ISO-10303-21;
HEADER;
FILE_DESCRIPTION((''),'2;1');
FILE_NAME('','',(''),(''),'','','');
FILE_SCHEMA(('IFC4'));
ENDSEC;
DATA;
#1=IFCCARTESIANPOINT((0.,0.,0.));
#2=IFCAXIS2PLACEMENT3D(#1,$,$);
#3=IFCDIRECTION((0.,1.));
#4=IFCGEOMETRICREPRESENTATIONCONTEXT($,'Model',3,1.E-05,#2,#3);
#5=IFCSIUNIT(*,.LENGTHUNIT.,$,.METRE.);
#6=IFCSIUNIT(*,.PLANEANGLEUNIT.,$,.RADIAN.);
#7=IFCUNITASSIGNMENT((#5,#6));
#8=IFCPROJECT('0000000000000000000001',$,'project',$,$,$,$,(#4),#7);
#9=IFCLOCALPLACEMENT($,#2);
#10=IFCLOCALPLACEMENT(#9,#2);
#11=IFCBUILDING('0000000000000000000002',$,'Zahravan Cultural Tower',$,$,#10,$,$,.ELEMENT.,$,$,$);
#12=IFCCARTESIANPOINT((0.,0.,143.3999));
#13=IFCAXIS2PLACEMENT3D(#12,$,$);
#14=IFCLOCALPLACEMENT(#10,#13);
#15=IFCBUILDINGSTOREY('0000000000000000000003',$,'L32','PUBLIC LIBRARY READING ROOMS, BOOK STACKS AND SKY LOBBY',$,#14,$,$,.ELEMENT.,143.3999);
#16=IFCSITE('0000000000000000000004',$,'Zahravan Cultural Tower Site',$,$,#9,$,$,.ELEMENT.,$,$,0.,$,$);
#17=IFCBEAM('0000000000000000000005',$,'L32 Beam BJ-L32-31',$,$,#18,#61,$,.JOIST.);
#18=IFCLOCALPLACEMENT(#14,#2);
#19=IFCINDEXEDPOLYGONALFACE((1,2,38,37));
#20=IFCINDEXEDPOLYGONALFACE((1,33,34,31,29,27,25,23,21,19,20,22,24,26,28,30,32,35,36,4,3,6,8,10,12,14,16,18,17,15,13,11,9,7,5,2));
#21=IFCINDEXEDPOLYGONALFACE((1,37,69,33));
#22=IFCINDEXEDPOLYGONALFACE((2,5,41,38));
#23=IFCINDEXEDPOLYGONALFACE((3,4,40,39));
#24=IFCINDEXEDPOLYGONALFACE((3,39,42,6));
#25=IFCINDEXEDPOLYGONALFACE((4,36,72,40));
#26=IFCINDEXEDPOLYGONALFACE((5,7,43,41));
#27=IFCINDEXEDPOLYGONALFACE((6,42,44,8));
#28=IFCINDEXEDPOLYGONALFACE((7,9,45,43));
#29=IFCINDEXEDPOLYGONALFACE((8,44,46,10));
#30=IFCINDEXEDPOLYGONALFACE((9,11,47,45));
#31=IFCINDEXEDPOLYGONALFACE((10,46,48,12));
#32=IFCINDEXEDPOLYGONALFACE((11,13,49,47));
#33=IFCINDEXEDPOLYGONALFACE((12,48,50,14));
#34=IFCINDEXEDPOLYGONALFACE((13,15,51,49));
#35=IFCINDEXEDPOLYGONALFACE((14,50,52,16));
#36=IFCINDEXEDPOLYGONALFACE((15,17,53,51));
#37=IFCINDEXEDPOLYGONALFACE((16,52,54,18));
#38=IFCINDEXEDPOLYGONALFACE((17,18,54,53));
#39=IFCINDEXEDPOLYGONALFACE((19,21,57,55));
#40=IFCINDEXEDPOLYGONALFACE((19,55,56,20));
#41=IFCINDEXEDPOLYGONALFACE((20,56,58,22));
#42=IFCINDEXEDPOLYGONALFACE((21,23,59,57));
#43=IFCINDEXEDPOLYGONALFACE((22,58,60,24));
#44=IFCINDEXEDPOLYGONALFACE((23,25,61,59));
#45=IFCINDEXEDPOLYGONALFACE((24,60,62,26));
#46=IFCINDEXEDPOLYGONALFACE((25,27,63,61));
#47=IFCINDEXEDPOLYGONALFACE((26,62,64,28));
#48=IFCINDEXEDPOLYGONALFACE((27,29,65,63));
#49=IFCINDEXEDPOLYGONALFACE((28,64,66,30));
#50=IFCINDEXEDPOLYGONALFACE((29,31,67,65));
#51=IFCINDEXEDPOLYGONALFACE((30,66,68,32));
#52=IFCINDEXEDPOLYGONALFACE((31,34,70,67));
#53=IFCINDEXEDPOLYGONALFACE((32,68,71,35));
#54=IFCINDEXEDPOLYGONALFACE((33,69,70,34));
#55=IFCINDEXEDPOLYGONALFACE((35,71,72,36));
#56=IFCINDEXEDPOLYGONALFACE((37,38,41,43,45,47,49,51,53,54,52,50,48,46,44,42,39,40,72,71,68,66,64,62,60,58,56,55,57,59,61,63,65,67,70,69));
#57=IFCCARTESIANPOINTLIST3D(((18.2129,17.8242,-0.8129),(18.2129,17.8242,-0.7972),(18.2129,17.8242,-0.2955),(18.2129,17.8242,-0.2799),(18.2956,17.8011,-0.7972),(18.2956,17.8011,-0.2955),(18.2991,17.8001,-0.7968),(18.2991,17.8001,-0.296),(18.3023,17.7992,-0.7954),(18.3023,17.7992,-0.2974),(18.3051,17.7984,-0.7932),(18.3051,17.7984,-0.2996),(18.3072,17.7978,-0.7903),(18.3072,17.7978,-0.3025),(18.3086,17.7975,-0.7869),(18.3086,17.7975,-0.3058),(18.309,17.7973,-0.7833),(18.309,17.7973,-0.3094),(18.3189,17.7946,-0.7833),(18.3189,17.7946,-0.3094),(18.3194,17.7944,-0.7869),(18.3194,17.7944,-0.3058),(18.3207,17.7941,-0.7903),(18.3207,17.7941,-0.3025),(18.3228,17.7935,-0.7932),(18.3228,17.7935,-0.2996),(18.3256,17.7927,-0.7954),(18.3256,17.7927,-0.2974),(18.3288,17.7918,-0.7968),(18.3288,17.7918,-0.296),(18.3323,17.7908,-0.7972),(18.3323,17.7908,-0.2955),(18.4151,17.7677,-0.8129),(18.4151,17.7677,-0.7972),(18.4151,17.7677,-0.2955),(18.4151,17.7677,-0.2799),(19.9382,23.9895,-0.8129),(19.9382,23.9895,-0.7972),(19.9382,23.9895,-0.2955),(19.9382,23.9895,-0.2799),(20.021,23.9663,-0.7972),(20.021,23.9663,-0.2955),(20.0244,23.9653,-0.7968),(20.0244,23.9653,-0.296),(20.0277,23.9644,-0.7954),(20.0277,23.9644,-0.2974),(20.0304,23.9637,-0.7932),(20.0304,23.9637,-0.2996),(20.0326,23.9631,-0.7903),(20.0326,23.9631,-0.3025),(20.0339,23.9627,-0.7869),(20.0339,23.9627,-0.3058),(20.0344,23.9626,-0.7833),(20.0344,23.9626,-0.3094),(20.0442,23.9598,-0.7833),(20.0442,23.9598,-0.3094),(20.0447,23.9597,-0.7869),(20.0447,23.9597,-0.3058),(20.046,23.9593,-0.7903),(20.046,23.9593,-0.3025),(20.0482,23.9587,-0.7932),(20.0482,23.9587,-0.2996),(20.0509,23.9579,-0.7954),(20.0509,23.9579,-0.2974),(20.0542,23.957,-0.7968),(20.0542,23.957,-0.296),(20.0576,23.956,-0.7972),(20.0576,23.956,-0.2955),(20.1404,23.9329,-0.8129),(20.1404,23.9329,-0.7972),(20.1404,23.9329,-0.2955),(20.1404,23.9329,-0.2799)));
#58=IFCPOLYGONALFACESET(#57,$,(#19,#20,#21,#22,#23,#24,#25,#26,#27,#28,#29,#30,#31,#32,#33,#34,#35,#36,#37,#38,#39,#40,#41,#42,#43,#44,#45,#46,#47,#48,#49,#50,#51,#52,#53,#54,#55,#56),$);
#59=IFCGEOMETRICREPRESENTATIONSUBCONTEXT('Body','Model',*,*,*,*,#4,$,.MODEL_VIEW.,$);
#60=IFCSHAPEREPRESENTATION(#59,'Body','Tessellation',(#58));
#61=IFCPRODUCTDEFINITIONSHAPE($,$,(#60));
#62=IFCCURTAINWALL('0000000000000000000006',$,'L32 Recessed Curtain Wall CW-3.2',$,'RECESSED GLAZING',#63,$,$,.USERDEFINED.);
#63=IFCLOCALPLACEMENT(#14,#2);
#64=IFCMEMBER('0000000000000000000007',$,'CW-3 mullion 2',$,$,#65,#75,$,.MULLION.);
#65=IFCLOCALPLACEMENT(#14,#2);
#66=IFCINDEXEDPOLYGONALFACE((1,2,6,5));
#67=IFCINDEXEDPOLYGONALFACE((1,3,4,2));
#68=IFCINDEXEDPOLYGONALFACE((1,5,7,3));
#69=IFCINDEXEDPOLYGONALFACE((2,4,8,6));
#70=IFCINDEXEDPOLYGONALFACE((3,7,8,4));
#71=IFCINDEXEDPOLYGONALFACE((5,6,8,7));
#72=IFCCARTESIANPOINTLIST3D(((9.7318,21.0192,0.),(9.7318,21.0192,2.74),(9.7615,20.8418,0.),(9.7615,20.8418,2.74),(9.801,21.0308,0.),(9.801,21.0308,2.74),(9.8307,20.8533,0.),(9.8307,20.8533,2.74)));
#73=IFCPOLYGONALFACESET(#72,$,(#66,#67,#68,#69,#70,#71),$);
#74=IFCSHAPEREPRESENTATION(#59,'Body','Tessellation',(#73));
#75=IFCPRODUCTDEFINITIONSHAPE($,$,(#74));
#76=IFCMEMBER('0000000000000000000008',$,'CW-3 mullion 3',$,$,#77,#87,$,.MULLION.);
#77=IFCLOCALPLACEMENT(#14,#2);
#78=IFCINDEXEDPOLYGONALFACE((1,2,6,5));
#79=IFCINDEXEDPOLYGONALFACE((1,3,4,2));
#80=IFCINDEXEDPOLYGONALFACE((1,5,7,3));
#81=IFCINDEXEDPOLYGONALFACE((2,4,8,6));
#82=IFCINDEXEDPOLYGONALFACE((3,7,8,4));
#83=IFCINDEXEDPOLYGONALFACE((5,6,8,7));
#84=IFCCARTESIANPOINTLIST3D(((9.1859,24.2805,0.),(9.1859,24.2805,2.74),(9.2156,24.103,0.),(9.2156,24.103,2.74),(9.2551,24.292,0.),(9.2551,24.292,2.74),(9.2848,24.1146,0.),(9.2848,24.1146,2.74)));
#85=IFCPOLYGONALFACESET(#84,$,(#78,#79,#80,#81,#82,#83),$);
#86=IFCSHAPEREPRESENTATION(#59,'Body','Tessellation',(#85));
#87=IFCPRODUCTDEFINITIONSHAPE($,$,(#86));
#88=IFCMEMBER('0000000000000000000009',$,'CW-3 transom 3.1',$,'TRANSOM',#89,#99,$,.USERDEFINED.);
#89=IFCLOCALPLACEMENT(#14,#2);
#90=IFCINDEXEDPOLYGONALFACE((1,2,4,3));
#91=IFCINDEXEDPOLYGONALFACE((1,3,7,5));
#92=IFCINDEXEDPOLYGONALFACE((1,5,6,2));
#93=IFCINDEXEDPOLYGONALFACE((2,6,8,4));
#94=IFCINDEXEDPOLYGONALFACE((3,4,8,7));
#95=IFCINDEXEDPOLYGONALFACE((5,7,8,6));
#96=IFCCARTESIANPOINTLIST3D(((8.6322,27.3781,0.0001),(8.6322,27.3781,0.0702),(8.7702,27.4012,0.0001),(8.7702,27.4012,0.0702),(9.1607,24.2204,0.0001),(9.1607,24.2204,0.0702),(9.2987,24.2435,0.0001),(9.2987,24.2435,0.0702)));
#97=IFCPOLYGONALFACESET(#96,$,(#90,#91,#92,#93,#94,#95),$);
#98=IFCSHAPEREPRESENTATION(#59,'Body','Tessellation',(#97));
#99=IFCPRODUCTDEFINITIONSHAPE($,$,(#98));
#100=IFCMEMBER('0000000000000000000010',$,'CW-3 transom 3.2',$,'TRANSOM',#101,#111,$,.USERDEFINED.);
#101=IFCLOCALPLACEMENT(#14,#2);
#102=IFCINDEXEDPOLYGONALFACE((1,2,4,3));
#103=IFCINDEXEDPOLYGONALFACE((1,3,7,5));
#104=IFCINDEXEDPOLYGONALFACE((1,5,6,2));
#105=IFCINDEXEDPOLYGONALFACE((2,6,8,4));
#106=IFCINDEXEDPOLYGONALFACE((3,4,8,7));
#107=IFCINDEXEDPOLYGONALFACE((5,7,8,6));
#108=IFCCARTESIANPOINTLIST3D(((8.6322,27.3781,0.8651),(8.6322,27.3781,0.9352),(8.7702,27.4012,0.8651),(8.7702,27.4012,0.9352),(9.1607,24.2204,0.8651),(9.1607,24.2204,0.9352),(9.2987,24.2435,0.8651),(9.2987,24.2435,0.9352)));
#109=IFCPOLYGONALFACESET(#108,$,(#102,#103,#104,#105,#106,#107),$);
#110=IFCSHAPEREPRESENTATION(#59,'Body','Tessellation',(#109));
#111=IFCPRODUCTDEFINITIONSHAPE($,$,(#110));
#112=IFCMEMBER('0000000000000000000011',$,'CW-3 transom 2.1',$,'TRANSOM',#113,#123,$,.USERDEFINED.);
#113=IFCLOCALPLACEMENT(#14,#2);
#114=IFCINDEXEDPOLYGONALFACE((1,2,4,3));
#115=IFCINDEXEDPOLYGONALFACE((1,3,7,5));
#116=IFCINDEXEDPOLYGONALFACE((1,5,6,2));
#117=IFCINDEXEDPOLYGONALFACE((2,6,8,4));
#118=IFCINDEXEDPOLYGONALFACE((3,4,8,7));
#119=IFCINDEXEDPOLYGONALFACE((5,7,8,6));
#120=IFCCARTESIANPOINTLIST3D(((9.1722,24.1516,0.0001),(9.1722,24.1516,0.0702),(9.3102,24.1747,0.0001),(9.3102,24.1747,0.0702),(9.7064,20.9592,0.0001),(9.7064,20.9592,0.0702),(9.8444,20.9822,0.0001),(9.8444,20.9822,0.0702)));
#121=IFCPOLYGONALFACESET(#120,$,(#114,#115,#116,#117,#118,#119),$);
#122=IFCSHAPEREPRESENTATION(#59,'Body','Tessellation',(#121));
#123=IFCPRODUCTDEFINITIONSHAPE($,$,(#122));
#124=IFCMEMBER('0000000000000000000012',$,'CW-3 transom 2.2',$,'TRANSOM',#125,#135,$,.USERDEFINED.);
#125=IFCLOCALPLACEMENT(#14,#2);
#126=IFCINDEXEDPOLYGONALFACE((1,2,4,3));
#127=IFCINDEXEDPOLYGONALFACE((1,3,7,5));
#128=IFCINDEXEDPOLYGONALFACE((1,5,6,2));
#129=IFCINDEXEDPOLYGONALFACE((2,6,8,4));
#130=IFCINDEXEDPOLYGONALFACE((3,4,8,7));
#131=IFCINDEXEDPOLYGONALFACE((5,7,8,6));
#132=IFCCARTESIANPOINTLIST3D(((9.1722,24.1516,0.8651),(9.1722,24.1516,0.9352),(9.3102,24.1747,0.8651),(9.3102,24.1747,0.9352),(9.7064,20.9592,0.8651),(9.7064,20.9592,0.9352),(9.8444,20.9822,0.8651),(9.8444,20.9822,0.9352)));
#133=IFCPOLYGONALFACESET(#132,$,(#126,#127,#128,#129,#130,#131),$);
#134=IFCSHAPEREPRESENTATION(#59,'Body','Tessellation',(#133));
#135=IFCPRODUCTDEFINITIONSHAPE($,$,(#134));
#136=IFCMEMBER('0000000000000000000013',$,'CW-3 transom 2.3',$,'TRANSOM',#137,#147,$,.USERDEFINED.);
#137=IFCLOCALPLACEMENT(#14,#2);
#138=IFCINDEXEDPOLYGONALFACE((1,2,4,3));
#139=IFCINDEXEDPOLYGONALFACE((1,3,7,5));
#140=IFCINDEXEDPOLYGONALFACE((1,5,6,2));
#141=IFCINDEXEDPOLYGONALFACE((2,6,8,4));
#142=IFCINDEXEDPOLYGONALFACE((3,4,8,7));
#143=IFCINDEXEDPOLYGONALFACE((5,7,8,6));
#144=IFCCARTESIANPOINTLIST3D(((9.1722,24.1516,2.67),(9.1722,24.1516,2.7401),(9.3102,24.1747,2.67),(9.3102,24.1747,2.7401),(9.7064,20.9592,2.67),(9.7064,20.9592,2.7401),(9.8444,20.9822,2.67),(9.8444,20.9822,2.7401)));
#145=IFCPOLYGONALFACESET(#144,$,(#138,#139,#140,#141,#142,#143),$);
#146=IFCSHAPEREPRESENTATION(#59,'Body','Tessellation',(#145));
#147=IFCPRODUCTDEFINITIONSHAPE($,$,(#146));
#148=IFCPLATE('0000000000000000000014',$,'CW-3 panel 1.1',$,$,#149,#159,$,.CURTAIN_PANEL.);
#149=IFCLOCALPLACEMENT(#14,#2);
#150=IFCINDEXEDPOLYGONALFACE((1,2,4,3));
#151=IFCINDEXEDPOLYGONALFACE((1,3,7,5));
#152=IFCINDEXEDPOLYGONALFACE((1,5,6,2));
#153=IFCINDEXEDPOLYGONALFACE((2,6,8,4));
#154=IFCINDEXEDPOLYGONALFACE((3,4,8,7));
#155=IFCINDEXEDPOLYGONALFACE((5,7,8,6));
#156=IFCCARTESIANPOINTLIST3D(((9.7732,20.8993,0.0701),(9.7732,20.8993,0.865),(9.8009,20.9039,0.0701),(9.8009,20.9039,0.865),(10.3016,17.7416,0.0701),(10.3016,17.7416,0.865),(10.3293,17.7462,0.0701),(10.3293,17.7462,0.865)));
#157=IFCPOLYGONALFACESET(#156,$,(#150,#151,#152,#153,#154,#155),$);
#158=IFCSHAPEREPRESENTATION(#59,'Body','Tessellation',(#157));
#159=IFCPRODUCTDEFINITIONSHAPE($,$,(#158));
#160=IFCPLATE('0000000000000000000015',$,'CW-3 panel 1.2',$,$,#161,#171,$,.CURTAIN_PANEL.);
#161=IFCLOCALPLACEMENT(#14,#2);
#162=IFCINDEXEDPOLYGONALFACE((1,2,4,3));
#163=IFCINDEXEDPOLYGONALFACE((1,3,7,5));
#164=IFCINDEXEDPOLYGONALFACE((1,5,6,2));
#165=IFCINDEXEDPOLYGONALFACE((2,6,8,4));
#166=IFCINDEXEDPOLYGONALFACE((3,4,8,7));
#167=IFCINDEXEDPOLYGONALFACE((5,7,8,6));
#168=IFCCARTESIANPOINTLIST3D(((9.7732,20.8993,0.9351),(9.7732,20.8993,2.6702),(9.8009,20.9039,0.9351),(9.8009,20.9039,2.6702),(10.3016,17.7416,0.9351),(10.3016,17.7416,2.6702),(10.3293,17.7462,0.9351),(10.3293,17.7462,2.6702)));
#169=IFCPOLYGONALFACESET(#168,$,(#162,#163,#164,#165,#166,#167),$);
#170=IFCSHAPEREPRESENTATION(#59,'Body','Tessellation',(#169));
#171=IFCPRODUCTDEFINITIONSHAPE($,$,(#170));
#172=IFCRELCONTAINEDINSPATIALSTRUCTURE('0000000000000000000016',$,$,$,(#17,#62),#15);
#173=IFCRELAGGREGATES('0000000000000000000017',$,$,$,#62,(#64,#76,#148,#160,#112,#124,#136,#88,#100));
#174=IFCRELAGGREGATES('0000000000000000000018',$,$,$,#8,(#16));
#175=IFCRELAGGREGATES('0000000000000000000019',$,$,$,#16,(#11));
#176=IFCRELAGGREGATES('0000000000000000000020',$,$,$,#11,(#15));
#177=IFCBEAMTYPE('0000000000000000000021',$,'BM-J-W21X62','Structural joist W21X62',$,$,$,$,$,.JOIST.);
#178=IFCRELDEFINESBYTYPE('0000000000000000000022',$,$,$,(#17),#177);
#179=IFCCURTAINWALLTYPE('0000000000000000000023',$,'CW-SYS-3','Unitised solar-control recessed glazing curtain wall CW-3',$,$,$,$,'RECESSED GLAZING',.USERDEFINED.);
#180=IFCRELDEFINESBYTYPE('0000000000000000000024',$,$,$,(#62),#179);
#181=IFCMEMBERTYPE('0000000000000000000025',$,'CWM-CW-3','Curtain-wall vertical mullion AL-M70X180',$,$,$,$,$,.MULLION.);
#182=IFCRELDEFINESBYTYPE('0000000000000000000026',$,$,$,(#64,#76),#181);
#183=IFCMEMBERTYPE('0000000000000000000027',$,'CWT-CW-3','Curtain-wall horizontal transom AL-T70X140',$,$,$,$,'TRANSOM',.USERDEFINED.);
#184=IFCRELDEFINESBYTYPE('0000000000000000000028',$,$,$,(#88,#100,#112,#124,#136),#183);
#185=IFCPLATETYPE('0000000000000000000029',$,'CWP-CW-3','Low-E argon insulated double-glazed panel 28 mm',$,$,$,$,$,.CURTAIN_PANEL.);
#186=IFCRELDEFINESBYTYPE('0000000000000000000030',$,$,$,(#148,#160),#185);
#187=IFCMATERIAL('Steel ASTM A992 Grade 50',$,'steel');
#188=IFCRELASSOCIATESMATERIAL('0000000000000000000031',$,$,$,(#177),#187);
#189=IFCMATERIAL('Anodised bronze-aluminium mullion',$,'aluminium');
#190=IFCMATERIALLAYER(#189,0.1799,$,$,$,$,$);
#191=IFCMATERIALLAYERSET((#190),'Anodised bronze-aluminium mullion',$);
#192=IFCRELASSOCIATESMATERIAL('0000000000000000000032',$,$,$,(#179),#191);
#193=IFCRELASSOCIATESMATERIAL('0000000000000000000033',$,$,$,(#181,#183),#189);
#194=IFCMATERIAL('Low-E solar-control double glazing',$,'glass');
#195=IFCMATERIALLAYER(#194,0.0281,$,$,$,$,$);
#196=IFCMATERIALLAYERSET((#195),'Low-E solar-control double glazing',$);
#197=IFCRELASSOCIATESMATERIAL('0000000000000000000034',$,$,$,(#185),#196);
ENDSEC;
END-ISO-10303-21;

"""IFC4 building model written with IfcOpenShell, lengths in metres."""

from ifc_helpers import new_model, si_unit, direction, frame, origin, origin_2d, place, context, subcontext, project, spatial, rectangle, i_section, extrude, source, transform, mapped, material, layer, layer_set, material_profile, profile_set, type_object, element, aggregate, save


model = new_model("IFC4")

# Units and contexts
model_context = context("Model", 3, precision=1e-05, world=origin(), true_north=direction((0.0, 1.0)))
body_context = subcontext(model_context, "Body", "Model", "MODEL_VIEW")
ifc_project = project(units=[si_unit("LENGTHUNIT", "METRE"), si_unit("PLANEANGLEUNIT", "RADIAN")], contexts=[model_context])

# Site, building, storey
site_placement = place(None, origin())
site = spatial("IfcSite", under=ifc_project, at=site_placement, Name="Zahravan Cultural Tower Site", CompositionType="ELEMENT", RefElevation=0.0)
building_placement = place(site_placement, origin())
building = spatial("IfcBuilding", under=site, at=building_placement, Name="Zahravan Cultural Tower", CompositionType="ELEMENT")
storey_placement = place(building_placement, frame((0.0, 0.0, 143.3999)))
storey = spatial("IfcBuildingStorey", under=building, at=storey_placement, Name="L32", Description="PUBLIC LIBRARY READING ROOMS, BOOK STACKS AND SKY LOBBY", CompositionType="ELEMENT", Elevation=143.3999)

# Shared definitions
ifc_material_1 = material(Name="Steel ASTM A992 Grade 50", Category="steel")

# Beam
ifc_material_profile_1 = material_profile(ifc_material_1, i_section(OverallWidth=0.21, OverallDepth=0.533, WebThickness=0.0103, FlangeThickness=0.0156, FilletRadius=0.0139, at=origin_2d()), Name="W21X62")
ifc_profile_set_1 = profile_set([ifc_material_profile_1], Name="Steel ASTM A992 Grade 50")
beam_type_1 = type_object("IfcBeamType", Name="BM-J-W21X62", Description="Structural joist W21X62", PredefinedType="JOIST", material=ifc_profile_set_1)
shared_shape_1 = source(origin(), body_context, "Body", "SweptSolid", [
    extrude(i_section(OverallWidth=0.21, OverallDepth=0.533, WebThickness=0.0103, FlangeThickness=0.0156, FilletRadius=0.0139, at=origin_2d()), origin(), (0.0, 0.0, 1.0), 6.4021),
])
beam_1_placement = place(storey_placement, frame((20.0393, 23.9612, -0.5464), z_axis=(-0.269494, -0.963002, 0.0), x_axis=(0.963002, -0.269494, 0.0)))
element("IfcBeam", 1, at=beam_1_placement, inside=storey, type_object=beam_type_1, Name="L32 Beam BJ-L32-31", PredefinedType="JOIST", context=body_context, shape_type="MappedRepresentation", body=[
    mapped(shared_shape_1, transform((0.0, 0.0, 0.0), x_axis=(1.0, 0.0, 0.0), y_axis=(0.0, 1.0, 0.0), z_axis=(0.0, 0.0, 1.0), scale=1.0)),
])

# Curtain wall, members, plates
ifc_material_2 = material(Name="Anodised bronze-aluminium mullion", Category="aluminium")
ifc_layer_1 = layer(ifc_material_2, 0.1799)
ifc_layer_set_1 = layer_set([ifc_layer_1], Name="Anodised bronze-aluminium mullion")
curtain_wall_type = type_object("IfcCurtainWallType", Name="CW-SYS-3", Description="Unitised solar-control recessed glazing curtain wall CW-3", ElementType="RECESSED GLAZING", PredefinedType="USERDEFINED", material=ifc_layer_set_1)
curtain_wall_placement = place(storey_placement, origin())
curtain_wall = element("IfcCurtainWall", 2, at=curtain_wall_placement, inside=storey, type_object=curtain_wall_type, Name="L32 Recessed Curtain Wall CW-3.2", ObjectType="RECESSED GLAZING", PredefinedType="USERDEFINED")
ifc_material_profile_2 = material_profile(ifc_material_2, rectangle(XDim=0.0701, YDim=0.1799, at=origin_2d()), Name="AL-M70X180")
ifc_profile_set_2 = profile_set([ifc_material_profile_2], Name="Anodised bronze-aluminium mullion")
member_type_1 = type_object("IfcMemberType", Name="CWM-CW-3", Description="Curtain-wall vertical mullion AL-M70X180", PredefinedType="MULLION", material=ifc_profile_set_2)
shared_shape_2 = source(origin(), body_context, "Body", "SweptSolid", [
    extrude(rectangle(XDim=0.0701, YDim=0.1799, at=origin_2d()), origin(), (0.0, 0.0, 1.0), 2.74),
])
member_1_placement = place(storey_placement, frame((9.7812, 20.9363, 0.0), z_axis=(0.0, 0.0, 1.0), x_axis=(-0.986285, -0.165051, 0.0)))
member_1 = element("IfcMember", 3, at=member_1_placement, type_object=member_type_1, Name="CW-3 mullion 2", PredefinedType="MULLION", context=body_context, shape_type="MappedRepresentation", body=[
    mapped(shared_shape_2, transform((0.0, 0.0, 0.0), x_axis=(1.0, 0.0, 0.0), y_axis=(0.0, 1.0, 0.0), z_axis=(0.0, 0.0, 1.0), scale=1.0)),
])
member_2_placement = place(storey_placement, frame((9.2354, 24.1975, 0.0), z_axis=(0.0, 0.0, 1.0), x_axis=(-0.986285, -0.165051, 0.0)))
member_2 = element("IfcMember", 4, at=member_2_placement, type_object=member_type_1, Name="CW-3 mullion 3", PredefinedType="MULLION", context=body_context, shape_type="MappedRepresentation", body=[
    mapped(shared_shape_2, transform((0.0, 0.0, 0.0), x_axis=(1.0, 0.0, 0.0), y_axis=(0.0, 1.0, 0.0), z_axis=(0.0, 0.0, 1.0), scale=1.0)),
])
ifc_material_profile_3 = material_profile(ifc_material_2, rectangle(XDim=0.1399, YDim=0.0701, at=origin_2d()), Name="AL-T70X140")
ifc_profile_set_3 = profile_set([ifc_material_profile_3], Name="Anodised bronze-aluminium mullion")
member_type_2 = type_object("IfcMemberType", Name="CWT-CW-3", Description="Curtain-wall horizontal transom AL-T70X140", ElementType="TRANSOM", PredefinedType="USERDEFINED", material=ifc_profile_set_3)
shared_shape_3 = source(origin(), body_context, "Body", "SweptSolid", [
    extrude(rectangle(XDim=0.1399, YDim=0.0701, at=origin_2d()), origin(), (0.0, 0.0, 1.0), 3.2017),
])
member_3_placement = place(storey_placement, frame((9.2297, 24.2319, 0.0352), z_axis=(-0.165091, 0.986278, 0.0), x_axis=(-0.986278, -0.165091, 0.0)))
member_3 = element("IfcMember", 5, at=member_3_placement, type_object=member_type_2, Name="CW-3 transom 3.1", ObjectType="TRANSOM", PredefinedType="USERDEFINED", context=body_context, shape_type="MappedRepresentation", body=[
    mapped(shared_shape_3, transform((0.0, 0.0, 0.0), x_axis=(1.0, 0.0, 0.0), y_axis=(0.0, 1.0, 0.0), z_axis=(0.0, 0.0, 1.0), scale=1.0)),
])
member_4_placement = place(storey_placement, frame((9.2297, 24.2319, 0.9001), z_axis=(-0.165091, 0.986278, 0.0), x_axis=(-0.986278, -0.165091, 0.0)))
member_4 = element("IfcMember", 6, at=member_4_placement, type_object=member_type_2, Name="CW-3 transom 3.2", ObjectType="TRANSOM", PredefinedType="USERDEFINED", context=body_context, shape_type="MappedRepresentation", body=[
    mapped(shared_shape_3, transform((0.0, 0.0, 0.0), x_axis=(1.0, 0.0, 0.0), y_axis=(0.0, 1.0, 0.0), z_axis=(0.0, 0.0, 1.0), scale=1.0)),
])
shared_shape_4 = source(origin(), body_context, "Body", "SweptSolid", [
    extrude(rectangle(XDim=0.1399, YDim=0.0701, at=origin_2d()), origin(), (0.0, 0.0, 1.0), 3.2368),
])
member_5_placement = place(storey_placement, frame((9.7754, 20.9707, 0.0352), z_axis=(-0.165035, 0.986288, 0.0), x_axis=(-0.986288, -0.165035, 0.0)))
member_5 = element("IfcMember", 7, at=member_5_placement, type_object=member_type_2, Name="CW-3 transom 2.1", ObjectType="TRANSOM", PredefinedType="USERDEFINED", context=body_context, shape_type="MappedRepresentation", body=[
    mapped(shared_shape_4, transform((0.0, 0.0, 0.0), x_axis=(1.0, 0.0, 0.0), y_axis=(0.0, 1.0, 0.0), z_axis=(0.0, 0.0, 1.0), scale=1.0)),
])
member_6_placement = place(storey_placement, frame((9.7754, 20.9707, 0.9001), z_axis=(-0.165035, 0.986288, 0.0), x_axis=(-0.986288, -0.165035, 0.0)))
member_6 = element("IfcMember", 8, at=member_6_placement, type_object=member_type_2, Name="CW-3 transom 2.2", ObjectType="TRANSOM", PredefinedType="USERDEFINED", context=body_context, shape_type="MappedRepresentation", body=[
    mapped(shared_shape_4, transform((0.0, 0.0, 0.0), x_axis=(1.0, 0.0, 0.0), y_axis=(0.0, 1.0, 0.0), z_axis=(0.0, 0.0, 1.0), scale=1.0)),
])
member_7_placement = place(storey_placement, frame((9.7754, 20.9707, 2.7051), z_axis=(-0.165035, 0.986288, 0.0), x_axis=(-0.986288, -0.165035, 0.0)))
member_7 = element("IfcMember", 9, at=member_7_placement, type_object=member_type_2, Name="CW-3 transom 2.3", ObjectType="TRANSOM", PredefinedType="USERDEFINED", context=body_context, shape_type="MappedRepresentation", body=[
    mapped(shared_shape_4, transform((0.0, 0.0, 0.0), x_axis=(1.0, 0.0, 0.0), y_axis=(0.0, 1.0, 0.0), z_axis=(0.0, 0.0, 1.0), scale=1.0)),
])
ifc_material_3 = material(Name="Low-E solar-control double glazing", Category="glass")
ifc_layer_2 = layer(ifc_material_3, 0.0281)
ifc_layer_set_2 = layer_set([ifc_layer_2], Name="Low-E solar-control double glazing")
plate_type = type_object("IfcPlateType", Name="CWP-CW-3", Description="Low-E argon insulated double-glazed panel 28 mm", PredefinedType="CURTAIN_PANEL", material=ifc_layer_set_2)
shared_shape_5 = source(origin(), body_context, "Body", "SweptSolid", [
    extrude(rectangle(XDim=3.2017, YDim=0.0281, at=origin_2d()), origin(), (0.0, 0.0, 1.0), 0.7949),
])
plate_1_placement = place(storey_placement, frame((10.0513, 19.3228, 0.0701), z_axis=(0.0, 0.0, 1.0), x_axis=(-0.165051, 0.986285, 0.0)))
plate_1 = element("IfcPlate", 10, at=plate_1_placement, type_object=plate_type, Name="CW-3 panel 1.1", PredefinedType="CURTAIN_PANEL", context=body_context, shape_type="MappedRepresentation", body=[
    mapped(shared_shape_5, transform((0.0, 0.0, 0.0), x_axis=(1.0, 0.0, 0.0), y_axis=(0.0, 1.0, 0.0), z_axis=(0.0, 0.0, 1.0), scale=1.0)),
])
shared_shape_6 = source(origin(), body_context, "Body", "SweptSolid", [
    extrude(rectangle(XDim=3.2017, YDim=0.0281, at=origin_2d()), origin(), (0.0, 0.0, 1.0), 1.7351),
])
plate_2_placement = place(storey_placement, frame((10.0513, 19.3228, 0.9351), z_axis=(0.0, 0.0, 1.0), x_axis=(-0.165051, 0.986285, 0.0)))
plate_2 = element("IfcPlate", 11, at=plate_2_placement, type_object=plate_type, Name="CW-3 panel 1.2", PredefinedType="CURTAIN_PANEL", context=body_context, shape_type="MappedRepresentation", body=[
    mapped(shared_shape_6, transform((0.0, 0.0, 0.0), x_axis=(1.0, 0.0, 0.0), y_axis=(0.0, 1.0, 0.0), z_axis=(0.0, 0.0, 1.0), scale=1.0)),
])
aggregate(curtain_wall, [member_1, member_2, plate_1, plate_2, member_5, member_6, member_7, member_3, member_4])

save(model, "model.ifc")
